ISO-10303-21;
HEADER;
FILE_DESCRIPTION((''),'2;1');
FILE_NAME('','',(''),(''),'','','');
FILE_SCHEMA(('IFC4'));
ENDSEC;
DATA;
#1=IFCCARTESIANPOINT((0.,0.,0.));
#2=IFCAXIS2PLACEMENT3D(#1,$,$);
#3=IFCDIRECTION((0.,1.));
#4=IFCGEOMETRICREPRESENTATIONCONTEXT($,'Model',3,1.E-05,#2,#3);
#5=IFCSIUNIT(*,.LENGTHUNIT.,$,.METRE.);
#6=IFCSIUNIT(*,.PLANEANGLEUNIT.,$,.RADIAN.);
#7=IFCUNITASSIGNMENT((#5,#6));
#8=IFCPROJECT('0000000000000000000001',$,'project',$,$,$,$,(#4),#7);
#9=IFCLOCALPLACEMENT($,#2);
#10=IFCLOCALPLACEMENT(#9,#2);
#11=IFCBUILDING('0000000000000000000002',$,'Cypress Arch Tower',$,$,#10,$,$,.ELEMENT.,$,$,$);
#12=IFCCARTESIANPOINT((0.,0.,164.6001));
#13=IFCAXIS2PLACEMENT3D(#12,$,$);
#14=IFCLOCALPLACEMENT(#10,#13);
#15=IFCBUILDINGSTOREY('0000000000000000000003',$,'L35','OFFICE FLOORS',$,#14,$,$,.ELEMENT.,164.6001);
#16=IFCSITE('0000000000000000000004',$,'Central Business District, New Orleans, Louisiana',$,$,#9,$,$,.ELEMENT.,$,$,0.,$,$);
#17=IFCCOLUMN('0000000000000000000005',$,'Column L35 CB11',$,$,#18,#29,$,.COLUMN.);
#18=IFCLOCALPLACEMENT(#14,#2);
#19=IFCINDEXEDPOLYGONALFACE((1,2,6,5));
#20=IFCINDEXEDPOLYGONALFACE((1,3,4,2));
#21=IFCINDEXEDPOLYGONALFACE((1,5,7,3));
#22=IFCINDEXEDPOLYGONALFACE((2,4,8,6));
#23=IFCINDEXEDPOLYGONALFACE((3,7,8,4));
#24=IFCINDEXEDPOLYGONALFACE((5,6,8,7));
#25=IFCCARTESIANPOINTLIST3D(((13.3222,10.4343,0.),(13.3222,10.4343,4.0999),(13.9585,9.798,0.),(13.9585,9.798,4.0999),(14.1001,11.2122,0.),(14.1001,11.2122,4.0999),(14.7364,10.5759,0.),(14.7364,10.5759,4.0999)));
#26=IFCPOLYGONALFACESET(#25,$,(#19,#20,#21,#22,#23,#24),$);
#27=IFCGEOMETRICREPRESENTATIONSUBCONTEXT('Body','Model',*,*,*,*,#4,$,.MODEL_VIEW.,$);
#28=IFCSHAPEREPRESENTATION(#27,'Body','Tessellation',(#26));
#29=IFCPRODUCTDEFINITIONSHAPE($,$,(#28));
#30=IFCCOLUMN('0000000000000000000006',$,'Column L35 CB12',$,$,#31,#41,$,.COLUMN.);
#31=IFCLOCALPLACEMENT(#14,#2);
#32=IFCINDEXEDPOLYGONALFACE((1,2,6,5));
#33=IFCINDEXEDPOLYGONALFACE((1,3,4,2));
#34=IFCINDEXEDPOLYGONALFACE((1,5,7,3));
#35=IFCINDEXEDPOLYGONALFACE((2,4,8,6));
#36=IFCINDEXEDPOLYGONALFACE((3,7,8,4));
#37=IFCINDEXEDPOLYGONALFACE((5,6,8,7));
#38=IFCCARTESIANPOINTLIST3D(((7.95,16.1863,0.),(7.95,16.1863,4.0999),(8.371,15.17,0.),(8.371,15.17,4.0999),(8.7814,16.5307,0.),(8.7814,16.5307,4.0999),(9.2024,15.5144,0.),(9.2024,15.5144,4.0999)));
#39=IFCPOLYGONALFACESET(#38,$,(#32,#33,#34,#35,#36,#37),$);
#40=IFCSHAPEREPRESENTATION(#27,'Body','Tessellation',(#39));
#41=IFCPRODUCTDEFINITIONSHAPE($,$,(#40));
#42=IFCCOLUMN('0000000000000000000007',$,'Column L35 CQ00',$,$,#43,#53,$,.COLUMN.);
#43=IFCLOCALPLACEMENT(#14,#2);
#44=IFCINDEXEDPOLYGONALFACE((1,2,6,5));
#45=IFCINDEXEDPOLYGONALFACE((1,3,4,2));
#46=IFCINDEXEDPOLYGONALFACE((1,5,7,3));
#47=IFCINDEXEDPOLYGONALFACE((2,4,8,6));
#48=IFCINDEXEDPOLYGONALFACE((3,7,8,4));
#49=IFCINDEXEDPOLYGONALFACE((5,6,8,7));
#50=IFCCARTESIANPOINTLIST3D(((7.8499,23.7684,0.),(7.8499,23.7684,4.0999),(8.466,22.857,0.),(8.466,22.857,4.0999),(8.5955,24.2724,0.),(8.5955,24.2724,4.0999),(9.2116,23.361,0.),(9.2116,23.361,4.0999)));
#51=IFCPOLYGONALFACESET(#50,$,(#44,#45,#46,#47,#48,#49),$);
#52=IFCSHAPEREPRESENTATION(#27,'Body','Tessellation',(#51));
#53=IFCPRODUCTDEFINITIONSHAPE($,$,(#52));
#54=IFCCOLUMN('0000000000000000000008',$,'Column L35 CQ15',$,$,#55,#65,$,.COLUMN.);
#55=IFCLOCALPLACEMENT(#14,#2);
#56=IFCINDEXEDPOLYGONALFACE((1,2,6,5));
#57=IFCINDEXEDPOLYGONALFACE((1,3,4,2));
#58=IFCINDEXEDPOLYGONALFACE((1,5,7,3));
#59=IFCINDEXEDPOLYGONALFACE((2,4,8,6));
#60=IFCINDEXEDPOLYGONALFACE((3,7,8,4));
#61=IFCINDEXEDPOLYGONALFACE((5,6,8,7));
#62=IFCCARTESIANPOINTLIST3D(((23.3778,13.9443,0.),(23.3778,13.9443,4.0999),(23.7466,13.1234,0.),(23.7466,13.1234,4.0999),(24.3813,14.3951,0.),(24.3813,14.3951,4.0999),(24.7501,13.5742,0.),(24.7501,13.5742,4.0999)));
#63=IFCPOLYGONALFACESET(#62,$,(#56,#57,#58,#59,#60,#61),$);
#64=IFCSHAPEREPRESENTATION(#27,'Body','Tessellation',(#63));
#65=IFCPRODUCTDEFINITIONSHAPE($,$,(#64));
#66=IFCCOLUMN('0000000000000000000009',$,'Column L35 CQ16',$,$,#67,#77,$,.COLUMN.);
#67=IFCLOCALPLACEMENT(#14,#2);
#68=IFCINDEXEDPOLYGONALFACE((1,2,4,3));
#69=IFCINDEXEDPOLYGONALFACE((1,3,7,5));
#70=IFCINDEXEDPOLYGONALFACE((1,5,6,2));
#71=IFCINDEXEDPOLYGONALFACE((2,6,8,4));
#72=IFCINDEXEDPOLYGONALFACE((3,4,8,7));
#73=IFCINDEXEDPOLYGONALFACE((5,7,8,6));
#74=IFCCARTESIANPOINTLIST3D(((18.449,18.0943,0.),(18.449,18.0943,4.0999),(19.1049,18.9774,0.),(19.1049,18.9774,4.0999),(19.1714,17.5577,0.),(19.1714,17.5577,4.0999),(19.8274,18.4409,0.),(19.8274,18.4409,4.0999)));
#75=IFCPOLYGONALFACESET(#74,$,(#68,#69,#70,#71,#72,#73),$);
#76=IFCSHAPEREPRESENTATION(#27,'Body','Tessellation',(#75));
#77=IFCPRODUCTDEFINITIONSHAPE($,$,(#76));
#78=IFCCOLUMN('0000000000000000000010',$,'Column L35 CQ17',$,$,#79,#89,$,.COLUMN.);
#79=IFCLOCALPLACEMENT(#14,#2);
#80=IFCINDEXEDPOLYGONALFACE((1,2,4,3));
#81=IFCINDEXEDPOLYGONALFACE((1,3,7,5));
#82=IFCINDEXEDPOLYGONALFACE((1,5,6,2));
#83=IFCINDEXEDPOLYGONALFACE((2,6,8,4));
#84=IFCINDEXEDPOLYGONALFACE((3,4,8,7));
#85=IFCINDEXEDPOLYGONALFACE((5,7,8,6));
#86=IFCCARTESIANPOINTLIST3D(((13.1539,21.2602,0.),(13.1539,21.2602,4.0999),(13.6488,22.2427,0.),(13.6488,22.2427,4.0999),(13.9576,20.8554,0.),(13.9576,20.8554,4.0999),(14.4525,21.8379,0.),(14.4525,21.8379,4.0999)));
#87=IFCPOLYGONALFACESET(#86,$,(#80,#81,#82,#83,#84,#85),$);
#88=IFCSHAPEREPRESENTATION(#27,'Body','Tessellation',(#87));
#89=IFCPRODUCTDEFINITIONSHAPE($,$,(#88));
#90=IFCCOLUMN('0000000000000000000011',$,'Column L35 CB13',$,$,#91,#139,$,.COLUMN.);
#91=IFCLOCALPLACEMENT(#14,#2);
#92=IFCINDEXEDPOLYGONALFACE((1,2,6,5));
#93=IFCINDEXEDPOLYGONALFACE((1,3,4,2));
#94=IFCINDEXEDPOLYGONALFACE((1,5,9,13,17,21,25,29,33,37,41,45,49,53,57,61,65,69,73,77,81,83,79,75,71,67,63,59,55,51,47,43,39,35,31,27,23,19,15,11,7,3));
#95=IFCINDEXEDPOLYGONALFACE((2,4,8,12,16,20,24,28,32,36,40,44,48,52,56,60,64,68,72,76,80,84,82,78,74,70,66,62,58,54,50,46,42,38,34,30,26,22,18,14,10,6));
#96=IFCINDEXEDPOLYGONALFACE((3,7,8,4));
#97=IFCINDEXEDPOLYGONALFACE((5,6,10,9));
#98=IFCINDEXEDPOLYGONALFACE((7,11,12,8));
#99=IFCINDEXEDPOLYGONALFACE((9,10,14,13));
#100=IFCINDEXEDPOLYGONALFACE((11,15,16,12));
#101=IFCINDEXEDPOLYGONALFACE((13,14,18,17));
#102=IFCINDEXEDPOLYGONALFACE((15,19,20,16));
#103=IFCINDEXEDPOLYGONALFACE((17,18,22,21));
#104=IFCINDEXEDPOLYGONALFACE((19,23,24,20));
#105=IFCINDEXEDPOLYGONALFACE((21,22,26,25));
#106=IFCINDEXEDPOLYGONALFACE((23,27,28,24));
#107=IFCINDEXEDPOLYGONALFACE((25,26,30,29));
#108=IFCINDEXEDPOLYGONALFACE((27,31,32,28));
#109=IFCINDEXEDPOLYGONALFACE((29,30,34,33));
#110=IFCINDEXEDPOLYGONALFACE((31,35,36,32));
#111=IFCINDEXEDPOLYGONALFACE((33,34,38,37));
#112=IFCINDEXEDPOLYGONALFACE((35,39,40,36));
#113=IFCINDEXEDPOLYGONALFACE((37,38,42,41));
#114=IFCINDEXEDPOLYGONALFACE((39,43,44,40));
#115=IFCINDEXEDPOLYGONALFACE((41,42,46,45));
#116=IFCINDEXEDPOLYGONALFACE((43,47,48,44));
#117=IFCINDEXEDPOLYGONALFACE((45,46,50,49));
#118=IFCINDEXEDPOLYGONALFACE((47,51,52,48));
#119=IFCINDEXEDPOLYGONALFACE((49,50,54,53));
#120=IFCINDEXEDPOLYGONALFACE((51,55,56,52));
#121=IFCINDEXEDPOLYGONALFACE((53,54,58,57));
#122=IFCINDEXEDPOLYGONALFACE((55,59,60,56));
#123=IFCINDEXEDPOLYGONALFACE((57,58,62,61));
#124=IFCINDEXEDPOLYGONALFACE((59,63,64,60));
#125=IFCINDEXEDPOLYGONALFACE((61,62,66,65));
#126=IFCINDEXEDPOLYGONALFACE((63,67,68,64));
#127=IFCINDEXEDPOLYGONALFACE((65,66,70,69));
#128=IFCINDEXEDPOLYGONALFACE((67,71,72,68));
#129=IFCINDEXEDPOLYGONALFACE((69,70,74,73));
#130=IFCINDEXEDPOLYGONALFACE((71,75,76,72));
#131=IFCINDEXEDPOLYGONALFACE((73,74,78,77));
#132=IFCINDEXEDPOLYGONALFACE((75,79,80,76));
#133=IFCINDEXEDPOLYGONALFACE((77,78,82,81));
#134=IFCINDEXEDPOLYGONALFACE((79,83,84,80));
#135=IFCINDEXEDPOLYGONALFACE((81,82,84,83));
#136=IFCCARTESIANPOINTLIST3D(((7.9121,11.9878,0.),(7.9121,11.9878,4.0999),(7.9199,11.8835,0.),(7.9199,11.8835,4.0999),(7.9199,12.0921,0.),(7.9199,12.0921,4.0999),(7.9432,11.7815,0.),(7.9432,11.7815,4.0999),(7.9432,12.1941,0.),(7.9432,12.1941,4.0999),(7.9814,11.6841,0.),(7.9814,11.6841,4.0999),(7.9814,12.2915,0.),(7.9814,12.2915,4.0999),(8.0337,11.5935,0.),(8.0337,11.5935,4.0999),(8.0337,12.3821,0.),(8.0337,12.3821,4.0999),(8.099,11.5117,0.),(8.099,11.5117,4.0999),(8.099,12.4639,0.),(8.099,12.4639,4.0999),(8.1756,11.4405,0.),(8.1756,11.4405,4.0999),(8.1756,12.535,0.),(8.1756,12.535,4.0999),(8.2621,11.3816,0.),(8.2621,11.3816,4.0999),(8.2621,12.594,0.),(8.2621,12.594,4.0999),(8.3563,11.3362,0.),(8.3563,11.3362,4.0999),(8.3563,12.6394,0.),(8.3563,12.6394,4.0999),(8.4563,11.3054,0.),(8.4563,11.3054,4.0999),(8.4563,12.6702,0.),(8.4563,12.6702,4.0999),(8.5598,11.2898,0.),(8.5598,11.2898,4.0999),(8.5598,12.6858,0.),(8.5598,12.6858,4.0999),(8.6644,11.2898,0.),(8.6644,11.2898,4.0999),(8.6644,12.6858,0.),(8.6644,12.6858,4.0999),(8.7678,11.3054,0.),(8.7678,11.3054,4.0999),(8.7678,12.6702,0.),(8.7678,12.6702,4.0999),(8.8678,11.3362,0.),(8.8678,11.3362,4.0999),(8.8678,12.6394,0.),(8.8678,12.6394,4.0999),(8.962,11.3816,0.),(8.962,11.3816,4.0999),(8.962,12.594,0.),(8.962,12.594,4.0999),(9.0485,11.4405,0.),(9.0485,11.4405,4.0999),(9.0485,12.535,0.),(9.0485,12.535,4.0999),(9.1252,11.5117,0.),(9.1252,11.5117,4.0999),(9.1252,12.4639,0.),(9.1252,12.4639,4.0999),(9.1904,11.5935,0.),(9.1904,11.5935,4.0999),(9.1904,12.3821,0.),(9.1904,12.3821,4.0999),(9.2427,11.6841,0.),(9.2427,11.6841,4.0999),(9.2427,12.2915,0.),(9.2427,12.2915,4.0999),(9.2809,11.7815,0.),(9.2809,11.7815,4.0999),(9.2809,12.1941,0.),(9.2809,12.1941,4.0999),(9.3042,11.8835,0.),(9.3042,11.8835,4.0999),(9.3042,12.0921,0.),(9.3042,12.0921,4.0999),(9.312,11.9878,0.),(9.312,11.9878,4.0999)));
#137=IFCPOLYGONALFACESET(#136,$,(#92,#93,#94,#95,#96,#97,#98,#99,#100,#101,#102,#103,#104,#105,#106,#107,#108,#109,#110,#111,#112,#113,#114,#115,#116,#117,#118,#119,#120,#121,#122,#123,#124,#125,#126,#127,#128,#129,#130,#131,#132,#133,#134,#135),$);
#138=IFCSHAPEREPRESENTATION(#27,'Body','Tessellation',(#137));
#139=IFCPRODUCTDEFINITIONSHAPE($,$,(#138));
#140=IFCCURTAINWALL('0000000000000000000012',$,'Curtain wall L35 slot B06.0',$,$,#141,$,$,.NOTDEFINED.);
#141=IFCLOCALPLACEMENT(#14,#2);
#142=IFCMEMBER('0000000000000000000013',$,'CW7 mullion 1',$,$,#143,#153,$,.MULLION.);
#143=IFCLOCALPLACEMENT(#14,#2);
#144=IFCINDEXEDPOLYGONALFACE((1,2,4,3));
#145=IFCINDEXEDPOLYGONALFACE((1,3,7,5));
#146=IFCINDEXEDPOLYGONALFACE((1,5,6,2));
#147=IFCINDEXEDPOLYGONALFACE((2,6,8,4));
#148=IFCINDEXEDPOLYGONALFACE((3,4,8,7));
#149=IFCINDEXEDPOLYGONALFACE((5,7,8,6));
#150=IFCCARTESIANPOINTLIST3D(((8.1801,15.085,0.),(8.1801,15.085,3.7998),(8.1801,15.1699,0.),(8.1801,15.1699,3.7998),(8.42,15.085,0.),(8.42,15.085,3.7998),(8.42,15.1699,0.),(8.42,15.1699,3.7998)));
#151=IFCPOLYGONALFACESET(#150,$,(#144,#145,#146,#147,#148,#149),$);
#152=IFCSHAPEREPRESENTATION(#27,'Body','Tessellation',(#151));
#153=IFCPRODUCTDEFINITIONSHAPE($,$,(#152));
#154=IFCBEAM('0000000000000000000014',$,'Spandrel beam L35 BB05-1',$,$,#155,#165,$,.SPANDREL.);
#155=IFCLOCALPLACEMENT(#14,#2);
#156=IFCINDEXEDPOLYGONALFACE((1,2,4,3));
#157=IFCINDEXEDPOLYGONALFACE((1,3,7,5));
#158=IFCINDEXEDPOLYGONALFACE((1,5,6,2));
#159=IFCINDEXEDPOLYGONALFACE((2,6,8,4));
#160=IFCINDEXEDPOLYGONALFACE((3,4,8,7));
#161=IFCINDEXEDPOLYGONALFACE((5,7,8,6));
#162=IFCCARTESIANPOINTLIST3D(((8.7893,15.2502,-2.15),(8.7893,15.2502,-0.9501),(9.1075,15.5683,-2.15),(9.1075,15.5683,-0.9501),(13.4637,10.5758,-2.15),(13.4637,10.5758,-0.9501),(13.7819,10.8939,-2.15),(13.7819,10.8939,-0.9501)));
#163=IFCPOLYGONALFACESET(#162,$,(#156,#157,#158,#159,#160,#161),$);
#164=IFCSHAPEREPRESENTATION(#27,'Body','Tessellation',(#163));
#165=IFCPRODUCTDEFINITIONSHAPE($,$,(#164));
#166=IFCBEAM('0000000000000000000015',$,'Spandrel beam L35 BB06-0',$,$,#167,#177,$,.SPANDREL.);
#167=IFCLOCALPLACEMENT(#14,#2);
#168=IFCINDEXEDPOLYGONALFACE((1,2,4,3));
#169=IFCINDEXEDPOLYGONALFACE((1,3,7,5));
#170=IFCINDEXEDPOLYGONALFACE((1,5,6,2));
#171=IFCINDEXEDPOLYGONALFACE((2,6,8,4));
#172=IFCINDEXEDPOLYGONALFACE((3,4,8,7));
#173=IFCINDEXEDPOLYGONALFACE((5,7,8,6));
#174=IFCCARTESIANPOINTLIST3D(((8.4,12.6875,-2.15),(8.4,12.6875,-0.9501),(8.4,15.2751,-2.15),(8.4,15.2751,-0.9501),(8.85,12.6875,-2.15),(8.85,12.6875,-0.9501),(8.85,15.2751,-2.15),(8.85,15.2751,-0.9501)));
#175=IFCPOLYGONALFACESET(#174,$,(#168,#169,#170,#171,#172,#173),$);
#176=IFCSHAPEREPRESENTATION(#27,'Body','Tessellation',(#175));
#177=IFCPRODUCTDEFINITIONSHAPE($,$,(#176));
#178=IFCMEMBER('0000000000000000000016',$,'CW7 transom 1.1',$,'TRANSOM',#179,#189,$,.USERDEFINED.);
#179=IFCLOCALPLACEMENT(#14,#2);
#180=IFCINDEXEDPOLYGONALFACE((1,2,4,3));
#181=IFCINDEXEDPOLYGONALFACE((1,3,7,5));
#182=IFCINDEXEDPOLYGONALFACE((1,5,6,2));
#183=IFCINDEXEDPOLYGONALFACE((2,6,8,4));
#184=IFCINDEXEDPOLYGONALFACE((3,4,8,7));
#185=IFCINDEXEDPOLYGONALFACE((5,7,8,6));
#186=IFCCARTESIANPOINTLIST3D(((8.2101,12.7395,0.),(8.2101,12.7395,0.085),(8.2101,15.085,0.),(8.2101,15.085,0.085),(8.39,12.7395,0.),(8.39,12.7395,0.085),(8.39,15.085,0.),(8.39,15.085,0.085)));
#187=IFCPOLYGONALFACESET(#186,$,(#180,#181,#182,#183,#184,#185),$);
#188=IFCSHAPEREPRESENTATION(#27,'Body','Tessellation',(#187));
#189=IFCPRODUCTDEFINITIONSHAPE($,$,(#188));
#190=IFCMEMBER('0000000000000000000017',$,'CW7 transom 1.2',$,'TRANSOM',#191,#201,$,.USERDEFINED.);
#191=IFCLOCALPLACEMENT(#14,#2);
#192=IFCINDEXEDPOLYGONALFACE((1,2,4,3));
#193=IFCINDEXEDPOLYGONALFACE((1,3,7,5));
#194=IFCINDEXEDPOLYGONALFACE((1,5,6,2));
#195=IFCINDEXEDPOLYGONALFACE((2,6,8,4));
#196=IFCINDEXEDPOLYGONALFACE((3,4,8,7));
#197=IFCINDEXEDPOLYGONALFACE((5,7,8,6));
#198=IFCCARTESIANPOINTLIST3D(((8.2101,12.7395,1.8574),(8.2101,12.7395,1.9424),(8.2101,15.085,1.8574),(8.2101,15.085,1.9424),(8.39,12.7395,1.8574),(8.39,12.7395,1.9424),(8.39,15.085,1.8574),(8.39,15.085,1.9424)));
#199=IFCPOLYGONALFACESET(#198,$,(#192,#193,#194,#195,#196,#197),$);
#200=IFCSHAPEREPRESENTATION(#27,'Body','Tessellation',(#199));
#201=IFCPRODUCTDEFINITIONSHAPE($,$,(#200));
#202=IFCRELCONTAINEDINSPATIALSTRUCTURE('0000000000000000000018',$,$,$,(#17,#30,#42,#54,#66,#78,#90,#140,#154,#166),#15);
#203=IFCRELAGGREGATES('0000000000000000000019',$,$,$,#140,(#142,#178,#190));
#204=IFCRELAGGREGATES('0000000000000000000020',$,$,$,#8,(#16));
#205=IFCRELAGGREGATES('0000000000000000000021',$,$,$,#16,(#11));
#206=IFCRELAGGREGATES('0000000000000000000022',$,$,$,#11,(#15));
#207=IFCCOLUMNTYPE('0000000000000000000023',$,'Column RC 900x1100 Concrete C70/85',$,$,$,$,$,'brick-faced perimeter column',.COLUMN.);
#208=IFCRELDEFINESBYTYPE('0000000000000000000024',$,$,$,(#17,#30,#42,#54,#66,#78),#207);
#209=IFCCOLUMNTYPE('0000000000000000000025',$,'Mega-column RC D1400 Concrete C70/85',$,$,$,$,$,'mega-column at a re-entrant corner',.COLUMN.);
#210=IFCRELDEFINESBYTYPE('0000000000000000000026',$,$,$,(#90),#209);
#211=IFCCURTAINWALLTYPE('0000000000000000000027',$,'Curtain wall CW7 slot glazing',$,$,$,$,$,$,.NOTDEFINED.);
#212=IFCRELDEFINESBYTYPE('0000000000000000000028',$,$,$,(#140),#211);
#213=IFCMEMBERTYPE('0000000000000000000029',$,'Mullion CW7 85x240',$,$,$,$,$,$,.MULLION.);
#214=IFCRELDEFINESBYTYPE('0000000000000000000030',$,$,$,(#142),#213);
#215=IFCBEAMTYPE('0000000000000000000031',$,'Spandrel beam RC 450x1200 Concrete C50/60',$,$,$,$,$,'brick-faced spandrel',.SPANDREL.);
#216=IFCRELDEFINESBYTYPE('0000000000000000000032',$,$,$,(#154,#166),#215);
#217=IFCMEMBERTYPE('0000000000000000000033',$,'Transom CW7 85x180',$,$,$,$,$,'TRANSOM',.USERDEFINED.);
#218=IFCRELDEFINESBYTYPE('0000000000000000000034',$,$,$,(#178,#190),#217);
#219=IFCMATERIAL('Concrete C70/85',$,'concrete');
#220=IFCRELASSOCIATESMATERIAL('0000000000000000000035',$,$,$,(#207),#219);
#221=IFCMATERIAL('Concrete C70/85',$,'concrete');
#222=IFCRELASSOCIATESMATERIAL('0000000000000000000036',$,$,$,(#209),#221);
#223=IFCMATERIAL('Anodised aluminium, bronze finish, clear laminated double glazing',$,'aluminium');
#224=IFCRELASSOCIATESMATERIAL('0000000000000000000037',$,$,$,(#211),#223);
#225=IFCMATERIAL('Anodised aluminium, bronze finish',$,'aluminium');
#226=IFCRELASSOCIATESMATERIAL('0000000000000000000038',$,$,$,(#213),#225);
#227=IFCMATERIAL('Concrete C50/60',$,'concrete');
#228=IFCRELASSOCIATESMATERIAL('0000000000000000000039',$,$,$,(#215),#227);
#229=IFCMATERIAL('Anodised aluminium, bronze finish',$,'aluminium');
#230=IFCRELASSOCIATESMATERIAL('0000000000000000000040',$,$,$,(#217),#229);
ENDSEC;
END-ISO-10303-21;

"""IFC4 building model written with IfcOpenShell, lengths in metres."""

from ifc_helpers import new_model, si_unit, direction, frame, origin, origin_2d, place, context, subcontext, project, spatial, rectangle, circle, extrude, material, material_profile, profile_set, type_object, element, aggregate, save


model = new_model("IFC4")

# Units and contexts
model_context = context("Model", 3, precision=1e-05, world=origin(), true_north=direction((0.0, 1.0)))
body_context = subcontext(model_context, "Body", "Model", "MODEL_VIEW")
ifc_project = project(units=[si_unit("LENGTHUNIT", "METRE"), si_unit("PLANEANGLEUNIT", "RADIAN")], contexts=[model_context])

# Site, building, storey
site_placement = place(None, origin())
site = spatial("IfcSite", under=ifc_project, at=site_placement, Name="Central Business District, New Orleans, Louisiana", CompositionType="ELEMENT", RefElevation=0.0)
building_placement = place(site_placement, origin())
building = spatial("IfcBuilding", under=site, at=building_placement, Name="Cypress Arch Tower", CompositionType="ELEMENT")
storey_placement = place(building_placement, frame((0.0, 0.0, 164.6001)))
storey = spatial("IfcBuildingStorey", under=building, at=storey_placement, Name="L35", Description="OFFICE FLOORS", CompositionType="ELEMENT", Elevation=164.6001)

# Columns
ifc_material_1 = material(Name="Concrete C70/85", Category="concrete")
ifc_material_profile_1 = material_profile(ifc_material_1, rectangle(XDim=0.8999, YDim=1.1001, at=origin_2d()), Name="RC 900x1100")
ifc_profile_set_1 = profile_set([ifc_material_profile_1], Name="Concrete C70/85")
column_type_1 = type_object("IfcColumnType", Name="Column RC 900x1100 Concrete C70/85", ElementType="brick-faced perimeter column", PredefinedType="COLUMN", material=ifc_profile_set_1)
for number, where, z_axis, x_axis, name in (
    (1, (14.0293, 10.5051, 0.0), (0.0, 0.0, 1.0), (-0.707107, 0.707107, 0.0), "Column L35 CB11"),
    (2, (8.5762, 15.8503, 0.0), (0.0, 0.0, 1.0), (-0.92388, -0.382683, 0.0), "Column L35 CB12"),
    (3, (8.5308, 23.5647, 0.0), (0.0, 0.0, 1.0), (-0.82847, -0.560034, 0.0), "Column L35 CQ00"),
    (4, (24.064, 13.7593, 0.0), (0.0, 0.0, 1.0), (-0.409765, 0.912191, 0.0), "Column L35 CQ15"),
    (5, (19.1382, 18.2676, 0.0), (0.0, 0.0, 1.0), (-0.802799, 0.59625, 0.0), "Column L35 CQ16"),
    (6, (13.8032, 21.5491, 0.0), (0.0, 0.0, 1.0), (-0.893106, 0.449845, 0.0), "Column L35 CQ17"),
):
    element("IfcColumn", number, at=place(storey_placement, frame(where, z_axis=z_axis, x_axis=x_axis)), inside=storey, type_object=column_type_1, Name=name, PredefinedType="COLUMN", context=body_context, shape_type="SweptSolid", body=[
        extrude(rectangle(XDim=0.8999, YDim=1.1001, at=origin_2d()), origin(), (0.0, 0.0, 1.0), 4.0999),
    ])
ifc_material_2 = material(Name="Concrete C70/85", Category="concrete")
ifc_material_profile_2 = material_profile(ifc_material_2, circle(Radius=0.7, at=origin_2d()), Name="RC D1400")
ifc_profile_set_2 = profile_set([ifc_material_profile_2], Name="Concrete C70/85")
column_type_2 = type_object("IfcColumnType", Name="Mega-column RC D1400 Concrete C70/85", ElementType="mega-column at a re-entrant corner", PredefinedType="COLUMN", material=ifc_profile_set_2)
column_placement = place(storey_placement, frame((8.6121, 11.9878, 0.0), z_axis=(0.0, 0.0, 1.0), x_axis=(1.0, 0.0, 0.0)))
element("IfcColumn", 7, at=column_placement, inside=storey, type_object=column_type_2, Name="Column L35 CB13", PredefinedType="COLUMN", context=body_context, shape_type="SweptSolid", body=[
    extrude(circle(Radius=0.7, at=origin_2d()), origin(), (0.0, 0.0, 1.0), 4.0999),
])

# Curtain wall, member
ifc_material_3 = material(Name="Anodised aluminium, bronze finish, clear laminated double glazing", Category="aluminium")
curtain_wall_type = type_object("IfcCurtainWallType", Name="Curtain wall CW7 slot glazing", PredefinedType="NOTDEFINED", material=ifc_material_3)
curtain_wall_placement = place(storey_placement, origin())
curtain_wall = element("IfcCurtainWall", 8, at=curtain_wall_placement, inside=storey, type_object=curtain_wall_type, Name="Curtain wall L35 slot B06.0", PredefinedType="NOTDEFINED")
ifc_material_4 = material(Name="Anodised aluminium, bronze finish", Category="aluminium")
ifc_material_profile_3 = material_profile(ifc_material_4, rectangle(XDim=0.24, YDim=0.085, at=origin_2d()), Name="Mullion 85x240")
ifc_profile_set_3 = profile_set([ifc_material_profile_3], Name="Anodised aluminium, bronze finish")
member_type_1 = type_object("IfcMemberType", Name="Mullion CW7 85x240", PredefinedType="MULLION", material=ifc_profile_set_3)
member_1_placement = place(storey_placement, frame((8.3, 15.1274, 0.0), z_axis=(0.0, 0.0, 1.0), x_axis=(1.0, 0.0, 0.0)))
member_1 = element("IfcMember", 9, at=member_1_placement, type_object=member_type_1, Name="CW7 mullion 1", PredefinedType="MULLION", context=body_context, shape_type="SweptSolid", body=[
    extrude(rectangle(XDim=0.24, YDim=0.085, at=origin_2d()), origin(), (0.0, 0.0, 1.0), 3.7998),
])

# Beams
ifc_material_5 = material(Name="Concrete C50/60", Category="concrete")
ifc_material_profile_4 = material_profile(ifc_material_5, rectangle(XDim=0.45, YDim=1.2, at=origin_2d()), Name="RC 450x1200")
ifc_profile_set_4 = profile_set([ifc_material_profile_4], Name="Concrete C50/60")
beam_type = type_object("IfcBeamType", Name="Spandrel beam RC 450x1200 Concrete C50/60", ElementType="brick-faced spandrel", PredefinedType="SPANDREL", material=ifc_profile_set_4)
beam_1_placement = place(storey_placement, frame((13.6228, 10.7349, -1.55), z_axis=(-0.707107, 0.707107, 0.0), x_axis=(-0.707107, -0.707107, 0.0)))
element("IfcBeam", 10, at=beam_1_placement, inside=storey, type_object=beam_type, Name="Spandrel beam L35 BB05-1", PredefinedType="SPANDREL", context=body_context, shape_type="SweptSolid", body=[
    extrude(rectangle(XDim=0.45, YDim=1.2, at=origin_2d()), origin(), (0.0, 0.0, 1.0), 6.6106),
])
beam_2_placement = place(storey_placement, frame((8.625, 15.2751, -1.55), z_axis=(0.0, -1.0, 0.0), x_axis=(1.0, 0.0, 0.0)))
element("IfcBeam", 11, at=beam_2_placement, inside=storey, type_object=beam_type, Name="Spandrel beam L35 BB06-0", PredefinedType="SPANDREL", context=body_context, shape_type="SweptSolid", body=[
    extrude(rectangle(XDim=0.45, YDim=1.2, at=origin_2d()), origin(), (0.0, 0.0, 1.0), 2.5876),
])

# Members
ifc_material_6 = material(Name="Anodised aluminium, bronze finish", Category="aluminium")
ifc_material_profile_5 = material_profile(ifc_material_6, rectangle(XDim=0.1799, YDim=0.085, at=origin_2d()), Name="Transom 85x180")
ifc_profile_set_5 = profile_set([ifc_material_profile_5], Name="Anodised aluminium, bronze finish")
member_type_2 = type_object("IfcMemberType", Name="Transom CW7 85x180", ElementType="TRANSOM", PredefinedType="USERDEFINED", material=ifc_profile_set_5)
member_2_placement = place(storey_placement, frame((8.3, 15.085, 0.0425), z_axis=(0.0, -1.0, 0.0), x_axis=(1.0, 0.0, 0.0)))
member_2 = element("IfcMember", 12, at=member_2_placement, type_object=member_type_2, Name="CW7 transom 1.1", ObjectType="TRANSOM", PredefinedType="USERDEFINED", context=body_context, shape_type="SweptSolid", body=[
    extrude(rectangle(XDim=0.1799, YDim=0.085, at=origin_2d()), origin(), (0.0, 0.0, 1.0), 2.3455),
])
member_3_placement = place(storey_placement, frame((8.3, 15.085, 1.8999), z_axis=(0.0, -1.0, 0.0), x_axis=(1.0, 0.0, 0.0)))
member_3 = element("IfcMember", 13, at=member_3_placement, type_object=member_type_2, Name="CW7 transom 1.2", ObjectType="TRANSOM", PredefinedType="USERDEFINED", context=body_context, shape_type="SweptSolid", body=[
    extrude(rectangle(XDim=0.1799, YDim=0.085, at=origin_2d()), origin(), (0.0, 0.0, 1.0), 2.3455),
])
aggregate(curtain_wall, [member_1, member_2, member_3])

save(model, "model.ifc")
